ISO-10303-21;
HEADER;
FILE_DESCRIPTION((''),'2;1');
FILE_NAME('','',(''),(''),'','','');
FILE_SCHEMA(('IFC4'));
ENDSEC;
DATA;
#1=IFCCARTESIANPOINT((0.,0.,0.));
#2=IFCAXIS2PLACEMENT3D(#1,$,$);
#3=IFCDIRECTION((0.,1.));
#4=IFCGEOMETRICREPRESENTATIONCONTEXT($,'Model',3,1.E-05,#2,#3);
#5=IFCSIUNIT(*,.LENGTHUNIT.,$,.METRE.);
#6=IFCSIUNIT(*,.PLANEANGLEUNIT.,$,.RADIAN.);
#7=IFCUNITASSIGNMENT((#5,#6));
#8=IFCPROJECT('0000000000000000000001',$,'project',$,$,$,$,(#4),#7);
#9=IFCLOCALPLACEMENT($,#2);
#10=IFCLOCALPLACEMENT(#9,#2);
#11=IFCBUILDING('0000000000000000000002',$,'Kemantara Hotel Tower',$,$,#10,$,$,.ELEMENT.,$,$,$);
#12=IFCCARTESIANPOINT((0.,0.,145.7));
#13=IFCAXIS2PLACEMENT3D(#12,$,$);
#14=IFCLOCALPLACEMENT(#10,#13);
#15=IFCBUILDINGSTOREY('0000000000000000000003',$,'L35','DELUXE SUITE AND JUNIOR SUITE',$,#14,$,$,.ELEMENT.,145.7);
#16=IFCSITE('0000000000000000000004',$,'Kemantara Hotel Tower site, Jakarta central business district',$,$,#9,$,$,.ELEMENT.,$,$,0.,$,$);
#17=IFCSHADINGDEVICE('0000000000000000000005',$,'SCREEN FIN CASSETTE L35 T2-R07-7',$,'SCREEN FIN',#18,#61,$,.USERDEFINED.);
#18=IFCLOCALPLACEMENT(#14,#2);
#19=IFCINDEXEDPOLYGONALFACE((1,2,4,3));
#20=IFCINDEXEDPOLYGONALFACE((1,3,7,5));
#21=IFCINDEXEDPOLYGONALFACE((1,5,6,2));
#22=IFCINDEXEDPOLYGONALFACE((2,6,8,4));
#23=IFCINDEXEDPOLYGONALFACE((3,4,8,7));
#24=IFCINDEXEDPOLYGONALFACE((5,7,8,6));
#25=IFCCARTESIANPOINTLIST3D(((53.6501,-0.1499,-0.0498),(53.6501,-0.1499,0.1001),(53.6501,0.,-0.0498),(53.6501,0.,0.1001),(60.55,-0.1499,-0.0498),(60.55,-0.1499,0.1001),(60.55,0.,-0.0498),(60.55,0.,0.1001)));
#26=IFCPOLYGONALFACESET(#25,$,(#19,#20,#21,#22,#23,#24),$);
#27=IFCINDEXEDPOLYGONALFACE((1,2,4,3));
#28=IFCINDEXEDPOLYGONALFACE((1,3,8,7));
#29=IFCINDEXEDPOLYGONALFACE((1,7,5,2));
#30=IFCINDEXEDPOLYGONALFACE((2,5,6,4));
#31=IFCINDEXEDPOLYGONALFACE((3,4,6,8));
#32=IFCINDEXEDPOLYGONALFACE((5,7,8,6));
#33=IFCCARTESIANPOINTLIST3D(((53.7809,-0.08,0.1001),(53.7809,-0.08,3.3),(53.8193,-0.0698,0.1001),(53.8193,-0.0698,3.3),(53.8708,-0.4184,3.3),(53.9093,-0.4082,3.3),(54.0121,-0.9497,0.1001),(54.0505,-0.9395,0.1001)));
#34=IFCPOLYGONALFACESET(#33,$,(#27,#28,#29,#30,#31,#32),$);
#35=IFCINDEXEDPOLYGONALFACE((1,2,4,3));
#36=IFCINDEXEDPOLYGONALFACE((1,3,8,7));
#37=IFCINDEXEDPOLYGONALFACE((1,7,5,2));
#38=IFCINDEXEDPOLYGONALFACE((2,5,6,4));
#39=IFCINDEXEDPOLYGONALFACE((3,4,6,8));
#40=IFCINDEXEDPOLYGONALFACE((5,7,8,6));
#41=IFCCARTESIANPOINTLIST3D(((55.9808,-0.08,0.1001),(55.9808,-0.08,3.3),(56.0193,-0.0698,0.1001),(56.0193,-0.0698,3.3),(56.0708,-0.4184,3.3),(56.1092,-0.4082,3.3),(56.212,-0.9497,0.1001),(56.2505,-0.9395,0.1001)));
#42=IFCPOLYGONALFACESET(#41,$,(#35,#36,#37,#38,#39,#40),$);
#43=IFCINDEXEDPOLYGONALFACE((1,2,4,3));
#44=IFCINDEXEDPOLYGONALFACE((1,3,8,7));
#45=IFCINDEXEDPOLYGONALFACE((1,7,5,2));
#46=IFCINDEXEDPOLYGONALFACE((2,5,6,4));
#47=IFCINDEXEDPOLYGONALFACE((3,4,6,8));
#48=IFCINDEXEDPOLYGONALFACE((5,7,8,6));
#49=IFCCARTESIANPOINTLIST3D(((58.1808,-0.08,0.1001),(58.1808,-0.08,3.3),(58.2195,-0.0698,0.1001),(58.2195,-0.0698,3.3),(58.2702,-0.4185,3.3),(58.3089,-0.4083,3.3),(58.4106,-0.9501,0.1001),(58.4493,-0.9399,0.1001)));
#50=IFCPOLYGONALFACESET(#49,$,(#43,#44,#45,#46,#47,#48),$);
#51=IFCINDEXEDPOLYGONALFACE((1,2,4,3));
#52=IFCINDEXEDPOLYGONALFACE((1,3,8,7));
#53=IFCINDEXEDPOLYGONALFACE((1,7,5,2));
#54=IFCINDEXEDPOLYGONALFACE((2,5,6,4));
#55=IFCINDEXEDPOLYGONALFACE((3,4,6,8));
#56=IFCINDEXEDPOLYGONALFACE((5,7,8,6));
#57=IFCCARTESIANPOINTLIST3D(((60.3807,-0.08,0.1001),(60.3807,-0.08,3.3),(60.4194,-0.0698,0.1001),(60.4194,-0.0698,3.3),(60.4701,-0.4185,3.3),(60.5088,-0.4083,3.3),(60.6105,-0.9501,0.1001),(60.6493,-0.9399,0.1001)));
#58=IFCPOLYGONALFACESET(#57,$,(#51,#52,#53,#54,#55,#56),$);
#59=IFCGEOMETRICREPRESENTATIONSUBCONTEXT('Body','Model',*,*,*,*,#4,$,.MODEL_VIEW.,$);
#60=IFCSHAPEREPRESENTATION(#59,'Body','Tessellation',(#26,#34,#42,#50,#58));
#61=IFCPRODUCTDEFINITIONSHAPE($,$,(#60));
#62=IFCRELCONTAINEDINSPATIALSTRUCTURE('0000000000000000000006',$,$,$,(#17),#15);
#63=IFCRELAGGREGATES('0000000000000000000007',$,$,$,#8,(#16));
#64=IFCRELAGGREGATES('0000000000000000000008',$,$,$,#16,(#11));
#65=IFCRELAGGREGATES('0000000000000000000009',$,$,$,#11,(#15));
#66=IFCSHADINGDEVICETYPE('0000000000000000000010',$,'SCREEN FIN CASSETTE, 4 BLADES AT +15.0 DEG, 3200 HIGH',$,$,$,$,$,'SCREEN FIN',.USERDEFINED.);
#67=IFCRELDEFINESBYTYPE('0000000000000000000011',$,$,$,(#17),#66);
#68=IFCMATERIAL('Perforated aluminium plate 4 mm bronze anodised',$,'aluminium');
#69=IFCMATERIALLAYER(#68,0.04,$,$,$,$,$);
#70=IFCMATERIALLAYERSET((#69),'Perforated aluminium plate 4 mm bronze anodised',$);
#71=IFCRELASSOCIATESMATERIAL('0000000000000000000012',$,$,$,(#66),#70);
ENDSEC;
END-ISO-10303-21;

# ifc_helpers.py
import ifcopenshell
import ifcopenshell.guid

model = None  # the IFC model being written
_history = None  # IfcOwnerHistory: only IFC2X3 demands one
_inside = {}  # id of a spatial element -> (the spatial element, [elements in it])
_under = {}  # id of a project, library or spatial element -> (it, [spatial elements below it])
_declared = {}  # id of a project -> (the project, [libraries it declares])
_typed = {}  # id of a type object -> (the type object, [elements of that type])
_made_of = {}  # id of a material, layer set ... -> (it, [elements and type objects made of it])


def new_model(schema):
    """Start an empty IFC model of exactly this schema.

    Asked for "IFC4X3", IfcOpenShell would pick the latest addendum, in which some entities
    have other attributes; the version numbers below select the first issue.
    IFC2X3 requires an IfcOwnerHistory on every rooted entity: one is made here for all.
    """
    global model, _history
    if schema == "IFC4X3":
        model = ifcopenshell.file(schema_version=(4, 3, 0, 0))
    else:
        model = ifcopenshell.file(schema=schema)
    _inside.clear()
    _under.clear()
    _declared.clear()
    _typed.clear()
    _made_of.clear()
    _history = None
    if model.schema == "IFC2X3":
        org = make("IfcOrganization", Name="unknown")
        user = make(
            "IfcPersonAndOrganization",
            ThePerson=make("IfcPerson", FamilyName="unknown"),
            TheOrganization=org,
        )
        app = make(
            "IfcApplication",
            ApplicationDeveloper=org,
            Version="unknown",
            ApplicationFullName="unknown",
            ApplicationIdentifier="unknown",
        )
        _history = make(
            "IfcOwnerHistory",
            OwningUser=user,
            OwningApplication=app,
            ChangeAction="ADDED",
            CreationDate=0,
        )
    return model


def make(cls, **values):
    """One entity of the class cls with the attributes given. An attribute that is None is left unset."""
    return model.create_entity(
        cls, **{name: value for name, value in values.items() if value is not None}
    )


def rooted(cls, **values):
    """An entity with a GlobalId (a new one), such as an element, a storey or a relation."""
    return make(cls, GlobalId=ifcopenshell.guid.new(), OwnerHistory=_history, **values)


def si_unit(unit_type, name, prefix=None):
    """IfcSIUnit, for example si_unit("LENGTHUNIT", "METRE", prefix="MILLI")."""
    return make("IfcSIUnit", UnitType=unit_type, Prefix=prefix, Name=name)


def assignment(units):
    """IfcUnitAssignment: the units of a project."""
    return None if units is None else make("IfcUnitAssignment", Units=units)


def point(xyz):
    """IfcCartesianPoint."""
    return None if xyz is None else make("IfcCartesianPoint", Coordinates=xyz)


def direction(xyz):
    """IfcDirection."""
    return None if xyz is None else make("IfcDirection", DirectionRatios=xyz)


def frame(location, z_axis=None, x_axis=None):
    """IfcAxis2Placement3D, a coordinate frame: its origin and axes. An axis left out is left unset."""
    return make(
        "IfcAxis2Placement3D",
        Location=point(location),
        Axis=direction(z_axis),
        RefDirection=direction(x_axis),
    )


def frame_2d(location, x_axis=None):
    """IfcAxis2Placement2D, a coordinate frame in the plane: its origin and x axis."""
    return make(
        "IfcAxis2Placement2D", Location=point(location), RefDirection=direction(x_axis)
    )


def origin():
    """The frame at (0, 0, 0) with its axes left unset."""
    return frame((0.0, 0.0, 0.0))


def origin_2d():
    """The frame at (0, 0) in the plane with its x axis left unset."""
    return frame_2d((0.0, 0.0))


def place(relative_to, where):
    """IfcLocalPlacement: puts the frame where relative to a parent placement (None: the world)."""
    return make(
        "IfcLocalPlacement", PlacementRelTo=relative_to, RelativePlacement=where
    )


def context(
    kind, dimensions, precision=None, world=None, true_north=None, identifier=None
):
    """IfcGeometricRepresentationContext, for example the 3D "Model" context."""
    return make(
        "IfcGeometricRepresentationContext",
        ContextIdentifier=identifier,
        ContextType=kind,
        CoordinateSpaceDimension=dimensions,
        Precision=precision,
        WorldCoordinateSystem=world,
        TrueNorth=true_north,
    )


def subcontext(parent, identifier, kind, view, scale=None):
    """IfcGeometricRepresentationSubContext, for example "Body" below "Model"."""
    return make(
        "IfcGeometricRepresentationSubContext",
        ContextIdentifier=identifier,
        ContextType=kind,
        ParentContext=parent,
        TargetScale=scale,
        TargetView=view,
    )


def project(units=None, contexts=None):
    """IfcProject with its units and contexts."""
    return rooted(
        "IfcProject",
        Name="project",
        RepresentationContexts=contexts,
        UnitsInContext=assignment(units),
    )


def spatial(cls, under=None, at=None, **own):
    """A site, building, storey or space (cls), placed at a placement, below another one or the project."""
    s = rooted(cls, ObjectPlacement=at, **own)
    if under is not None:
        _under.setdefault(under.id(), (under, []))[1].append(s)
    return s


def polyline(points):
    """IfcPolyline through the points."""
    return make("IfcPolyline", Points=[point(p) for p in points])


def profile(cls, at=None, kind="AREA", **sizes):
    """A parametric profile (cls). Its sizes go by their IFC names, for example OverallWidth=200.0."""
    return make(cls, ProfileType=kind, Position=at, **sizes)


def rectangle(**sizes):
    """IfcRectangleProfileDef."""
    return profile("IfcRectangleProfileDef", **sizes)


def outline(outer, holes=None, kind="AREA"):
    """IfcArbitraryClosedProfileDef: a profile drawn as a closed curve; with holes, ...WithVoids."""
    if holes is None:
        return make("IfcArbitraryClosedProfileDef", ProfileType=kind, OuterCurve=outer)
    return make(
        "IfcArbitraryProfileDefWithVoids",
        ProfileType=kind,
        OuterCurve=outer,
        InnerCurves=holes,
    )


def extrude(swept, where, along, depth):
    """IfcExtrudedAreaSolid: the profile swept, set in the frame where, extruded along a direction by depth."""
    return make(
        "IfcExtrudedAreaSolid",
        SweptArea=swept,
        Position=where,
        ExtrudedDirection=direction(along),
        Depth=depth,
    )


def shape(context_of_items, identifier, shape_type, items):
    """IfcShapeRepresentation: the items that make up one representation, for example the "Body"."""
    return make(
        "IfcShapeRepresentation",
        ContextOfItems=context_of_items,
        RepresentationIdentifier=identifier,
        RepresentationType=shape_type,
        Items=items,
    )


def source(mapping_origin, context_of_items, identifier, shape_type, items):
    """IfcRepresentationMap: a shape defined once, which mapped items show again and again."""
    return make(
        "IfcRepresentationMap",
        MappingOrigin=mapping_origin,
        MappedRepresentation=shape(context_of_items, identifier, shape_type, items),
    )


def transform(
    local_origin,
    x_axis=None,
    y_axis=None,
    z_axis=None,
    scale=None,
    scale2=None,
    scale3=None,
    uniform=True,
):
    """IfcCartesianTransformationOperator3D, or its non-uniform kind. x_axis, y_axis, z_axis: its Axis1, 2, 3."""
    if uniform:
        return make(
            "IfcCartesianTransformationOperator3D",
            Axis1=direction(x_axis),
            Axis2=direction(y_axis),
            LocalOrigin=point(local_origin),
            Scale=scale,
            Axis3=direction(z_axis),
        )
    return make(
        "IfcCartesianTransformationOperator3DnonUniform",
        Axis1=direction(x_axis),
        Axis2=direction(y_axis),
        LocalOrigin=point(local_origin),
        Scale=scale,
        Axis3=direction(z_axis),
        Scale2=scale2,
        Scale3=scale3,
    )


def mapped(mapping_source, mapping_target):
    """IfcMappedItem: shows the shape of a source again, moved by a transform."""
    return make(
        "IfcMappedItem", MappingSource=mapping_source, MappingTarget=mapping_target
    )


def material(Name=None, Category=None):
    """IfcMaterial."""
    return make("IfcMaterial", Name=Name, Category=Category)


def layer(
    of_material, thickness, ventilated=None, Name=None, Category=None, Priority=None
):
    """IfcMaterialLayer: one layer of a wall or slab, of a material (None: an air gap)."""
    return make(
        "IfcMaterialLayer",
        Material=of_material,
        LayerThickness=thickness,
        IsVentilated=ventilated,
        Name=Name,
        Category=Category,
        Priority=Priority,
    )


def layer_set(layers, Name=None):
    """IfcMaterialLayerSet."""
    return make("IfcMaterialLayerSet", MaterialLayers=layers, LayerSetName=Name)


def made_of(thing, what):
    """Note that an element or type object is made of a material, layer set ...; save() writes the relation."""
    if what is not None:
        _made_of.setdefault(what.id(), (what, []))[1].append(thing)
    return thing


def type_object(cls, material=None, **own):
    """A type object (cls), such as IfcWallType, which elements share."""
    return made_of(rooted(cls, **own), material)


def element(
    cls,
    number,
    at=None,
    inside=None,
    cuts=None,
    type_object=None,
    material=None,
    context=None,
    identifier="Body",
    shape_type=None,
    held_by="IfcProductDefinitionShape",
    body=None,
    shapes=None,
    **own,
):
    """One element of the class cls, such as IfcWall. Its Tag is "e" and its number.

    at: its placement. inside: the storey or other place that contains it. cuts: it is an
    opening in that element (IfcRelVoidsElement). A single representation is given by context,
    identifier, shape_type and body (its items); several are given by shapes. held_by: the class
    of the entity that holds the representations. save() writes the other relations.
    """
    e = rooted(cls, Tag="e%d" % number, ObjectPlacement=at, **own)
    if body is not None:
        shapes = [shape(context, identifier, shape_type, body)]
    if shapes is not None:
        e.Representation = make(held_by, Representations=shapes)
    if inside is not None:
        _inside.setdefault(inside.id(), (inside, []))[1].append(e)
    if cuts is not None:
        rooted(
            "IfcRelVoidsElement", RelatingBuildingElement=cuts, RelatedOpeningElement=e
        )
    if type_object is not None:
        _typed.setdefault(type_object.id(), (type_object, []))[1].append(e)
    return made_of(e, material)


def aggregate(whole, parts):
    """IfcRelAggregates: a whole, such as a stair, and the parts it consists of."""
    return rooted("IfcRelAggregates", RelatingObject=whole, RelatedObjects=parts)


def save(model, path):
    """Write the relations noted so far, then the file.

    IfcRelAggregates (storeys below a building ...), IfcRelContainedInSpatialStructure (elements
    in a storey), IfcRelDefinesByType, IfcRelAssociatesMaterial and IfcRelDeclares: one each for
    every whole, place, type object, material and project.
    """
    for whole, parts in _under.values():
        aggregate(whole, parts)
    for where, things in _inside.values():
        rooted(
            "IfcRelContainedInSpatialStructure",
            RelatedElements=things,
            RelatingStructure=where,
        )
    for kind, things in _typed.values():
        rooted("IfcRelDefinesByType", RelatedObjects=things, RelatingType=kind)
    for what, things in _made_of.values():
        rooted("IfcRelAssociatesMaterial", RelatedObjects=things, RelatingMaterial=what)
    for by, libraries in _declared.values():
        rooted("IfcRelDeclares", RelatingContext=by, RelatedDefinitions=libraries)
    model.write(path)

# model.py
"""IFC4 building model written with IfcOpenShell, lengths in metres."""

from ifc_helpers import new_model, si_unit, direction, frame, origin, origin_2d, place, context, subcontext, project, spatial, polyline, rectangle, outline, extrude, source, transform, mapped, material, layer, layer_set, type_object, element, save


model = new_model("IFC4")

# Units and contexts
model_context = context("Model", 3, precision=1e-05, world=origin(), true_north=direction((0.0, 1.0)))
body_context = subcontext(model_context, "Body", "Model", "MODEL_VIEW")
ifc_project = project(units=[si_unit("LENGTHUNIT", "METRE"), si_unit("PLANEANGLEUNIT", "RADIAN")], contexts=[model_context])

# Site, building, storey
site_placement = place(None, origin())
site = spatial("IfcSite", under=ifc_project, at=site_placement, Name="Kemantara Hotel Tower site, Jakarta central business district", CompositionType="ELEMENT", RefElevation=0.0)
building_placement = place(site_placement, origin())
building = spatial("IfcBuilding", under=site, at=building_placement, Name="Kemantara Hotel Tower", CompositionType="ELEMENT")
storey_placement = place(building_placement, frame((0.0, 0.0, 145.7)))
storey = spatial("IfcBuildingStorey", under=building, at=storey_placement, Name="L35", Description="DELUXE SUITE AND JUNIOR SUITE", CompositionType="ELEMENT", Elevation=145.7)

# Shading device
ifc_material_1 = material(Name="Perforated aluminium plate 4 mm bronze anodised", Category="aluminium")
ifc_layer_1 = layer(ifc_material_1, 0.04)
ifc_layer_set_1 = layer_set([ifc_layer_1], Name="Perforated aluminium plate 4 mm bronze anodised")
shading_device_type = type_object("IfcShadingDeviceType", Name="SCREEN FIN CASSETTE, 4 BLADES AT +15.0 DEG, 3200 HIGH", ElementType="SCREEN FIN", PredefinedType="USERDEFINED", material=ifc_layer_set_1)
shared_shape = source(origin(), body_context, "Body", "SweptSolid", [
    extrude(rectangle(XDim=6.8999, YDim=0.1499, at=origin_2d()), frame((3.3, -0.075, -0.1499), z_axis=(0.0, 0.0, 1.0), x_axis=(1.0, 0.0, 0.0)), (0.0, 0.0, 1.0), 0.1499),
    extrude(outline(polyline([(0.0, 0.0), (0.8999, 0.0), (0.3501, 3.2), (0.0, 3.2), (0.0, 0.0)])), frame((0.0193, -0.0698, 0.0), z_axis=(-0.966438, -0.256901, 0.0), x_axis=(0.256901, -0.966438, 0.0)), (0.0, 0.0, 1.0), 0.0398),
    extrude(outline(polyline([(0.0, 0.0), (0.8999, 0.0), (0.3501, 3.2), (0.0, 3.2), (0.0, 0.0)])), frame((2.2192, -0.0698, 0.0), z_axis=(-0.966438, -0.256901, 0.0), x_axis=(0.256901, -0.966438, 0.0)), (0.0, 0.0, 1.0), 0.0398),
    extrude(outline(polyline([(0.0, 0.0), (0.8999, 0.0), (0.3501, 3.2), (0.0, 3.2), (0.0, 0.0)])), frame((4.4194, -0.0698, 0.0), z_axis=(-0.966838, -0.255391, 0.0), x_axis=(0.255391, -0.966838, 0.0)), (0.0, 0.0, 1.0), 0.04),
    extrude(outline(polyline([(0.0, 0.0), (0.8999, 0.0), (0.3501, 3.2), (0.0, 3.2), (0.0, 0.0)])), frame((6.6194, -0.0698, 0.0), z_axis=(-0.966838, -0.255391, 0.0), x_axis=(0.255391, -0.966838, 0.0)), (0.0, 0.0, 1.0), 0.04),
])
shading_device_placement = place(storey_placement, frame((53.8, 0.0, 0.1001), z_axis=(0.0, 0.0, 1.0), x_axis=(1.0, 0.0, 0.0)))
element("IfcShadingDevice", 1, at=shading_device_placement, inside=storey, type_object=shading_device_type, Name="SCREEN FIN CASSETTE L35 T2-R07-7", ObjectType="SCREEN FIN", PredefinedType="USERDEFINED", context=body_context, shape_type="MappedRepresentation", body=[
    mapped(shared_shape, transform((0.0, 0.0, 0.0))),
])

save(model, "model.ifc")
